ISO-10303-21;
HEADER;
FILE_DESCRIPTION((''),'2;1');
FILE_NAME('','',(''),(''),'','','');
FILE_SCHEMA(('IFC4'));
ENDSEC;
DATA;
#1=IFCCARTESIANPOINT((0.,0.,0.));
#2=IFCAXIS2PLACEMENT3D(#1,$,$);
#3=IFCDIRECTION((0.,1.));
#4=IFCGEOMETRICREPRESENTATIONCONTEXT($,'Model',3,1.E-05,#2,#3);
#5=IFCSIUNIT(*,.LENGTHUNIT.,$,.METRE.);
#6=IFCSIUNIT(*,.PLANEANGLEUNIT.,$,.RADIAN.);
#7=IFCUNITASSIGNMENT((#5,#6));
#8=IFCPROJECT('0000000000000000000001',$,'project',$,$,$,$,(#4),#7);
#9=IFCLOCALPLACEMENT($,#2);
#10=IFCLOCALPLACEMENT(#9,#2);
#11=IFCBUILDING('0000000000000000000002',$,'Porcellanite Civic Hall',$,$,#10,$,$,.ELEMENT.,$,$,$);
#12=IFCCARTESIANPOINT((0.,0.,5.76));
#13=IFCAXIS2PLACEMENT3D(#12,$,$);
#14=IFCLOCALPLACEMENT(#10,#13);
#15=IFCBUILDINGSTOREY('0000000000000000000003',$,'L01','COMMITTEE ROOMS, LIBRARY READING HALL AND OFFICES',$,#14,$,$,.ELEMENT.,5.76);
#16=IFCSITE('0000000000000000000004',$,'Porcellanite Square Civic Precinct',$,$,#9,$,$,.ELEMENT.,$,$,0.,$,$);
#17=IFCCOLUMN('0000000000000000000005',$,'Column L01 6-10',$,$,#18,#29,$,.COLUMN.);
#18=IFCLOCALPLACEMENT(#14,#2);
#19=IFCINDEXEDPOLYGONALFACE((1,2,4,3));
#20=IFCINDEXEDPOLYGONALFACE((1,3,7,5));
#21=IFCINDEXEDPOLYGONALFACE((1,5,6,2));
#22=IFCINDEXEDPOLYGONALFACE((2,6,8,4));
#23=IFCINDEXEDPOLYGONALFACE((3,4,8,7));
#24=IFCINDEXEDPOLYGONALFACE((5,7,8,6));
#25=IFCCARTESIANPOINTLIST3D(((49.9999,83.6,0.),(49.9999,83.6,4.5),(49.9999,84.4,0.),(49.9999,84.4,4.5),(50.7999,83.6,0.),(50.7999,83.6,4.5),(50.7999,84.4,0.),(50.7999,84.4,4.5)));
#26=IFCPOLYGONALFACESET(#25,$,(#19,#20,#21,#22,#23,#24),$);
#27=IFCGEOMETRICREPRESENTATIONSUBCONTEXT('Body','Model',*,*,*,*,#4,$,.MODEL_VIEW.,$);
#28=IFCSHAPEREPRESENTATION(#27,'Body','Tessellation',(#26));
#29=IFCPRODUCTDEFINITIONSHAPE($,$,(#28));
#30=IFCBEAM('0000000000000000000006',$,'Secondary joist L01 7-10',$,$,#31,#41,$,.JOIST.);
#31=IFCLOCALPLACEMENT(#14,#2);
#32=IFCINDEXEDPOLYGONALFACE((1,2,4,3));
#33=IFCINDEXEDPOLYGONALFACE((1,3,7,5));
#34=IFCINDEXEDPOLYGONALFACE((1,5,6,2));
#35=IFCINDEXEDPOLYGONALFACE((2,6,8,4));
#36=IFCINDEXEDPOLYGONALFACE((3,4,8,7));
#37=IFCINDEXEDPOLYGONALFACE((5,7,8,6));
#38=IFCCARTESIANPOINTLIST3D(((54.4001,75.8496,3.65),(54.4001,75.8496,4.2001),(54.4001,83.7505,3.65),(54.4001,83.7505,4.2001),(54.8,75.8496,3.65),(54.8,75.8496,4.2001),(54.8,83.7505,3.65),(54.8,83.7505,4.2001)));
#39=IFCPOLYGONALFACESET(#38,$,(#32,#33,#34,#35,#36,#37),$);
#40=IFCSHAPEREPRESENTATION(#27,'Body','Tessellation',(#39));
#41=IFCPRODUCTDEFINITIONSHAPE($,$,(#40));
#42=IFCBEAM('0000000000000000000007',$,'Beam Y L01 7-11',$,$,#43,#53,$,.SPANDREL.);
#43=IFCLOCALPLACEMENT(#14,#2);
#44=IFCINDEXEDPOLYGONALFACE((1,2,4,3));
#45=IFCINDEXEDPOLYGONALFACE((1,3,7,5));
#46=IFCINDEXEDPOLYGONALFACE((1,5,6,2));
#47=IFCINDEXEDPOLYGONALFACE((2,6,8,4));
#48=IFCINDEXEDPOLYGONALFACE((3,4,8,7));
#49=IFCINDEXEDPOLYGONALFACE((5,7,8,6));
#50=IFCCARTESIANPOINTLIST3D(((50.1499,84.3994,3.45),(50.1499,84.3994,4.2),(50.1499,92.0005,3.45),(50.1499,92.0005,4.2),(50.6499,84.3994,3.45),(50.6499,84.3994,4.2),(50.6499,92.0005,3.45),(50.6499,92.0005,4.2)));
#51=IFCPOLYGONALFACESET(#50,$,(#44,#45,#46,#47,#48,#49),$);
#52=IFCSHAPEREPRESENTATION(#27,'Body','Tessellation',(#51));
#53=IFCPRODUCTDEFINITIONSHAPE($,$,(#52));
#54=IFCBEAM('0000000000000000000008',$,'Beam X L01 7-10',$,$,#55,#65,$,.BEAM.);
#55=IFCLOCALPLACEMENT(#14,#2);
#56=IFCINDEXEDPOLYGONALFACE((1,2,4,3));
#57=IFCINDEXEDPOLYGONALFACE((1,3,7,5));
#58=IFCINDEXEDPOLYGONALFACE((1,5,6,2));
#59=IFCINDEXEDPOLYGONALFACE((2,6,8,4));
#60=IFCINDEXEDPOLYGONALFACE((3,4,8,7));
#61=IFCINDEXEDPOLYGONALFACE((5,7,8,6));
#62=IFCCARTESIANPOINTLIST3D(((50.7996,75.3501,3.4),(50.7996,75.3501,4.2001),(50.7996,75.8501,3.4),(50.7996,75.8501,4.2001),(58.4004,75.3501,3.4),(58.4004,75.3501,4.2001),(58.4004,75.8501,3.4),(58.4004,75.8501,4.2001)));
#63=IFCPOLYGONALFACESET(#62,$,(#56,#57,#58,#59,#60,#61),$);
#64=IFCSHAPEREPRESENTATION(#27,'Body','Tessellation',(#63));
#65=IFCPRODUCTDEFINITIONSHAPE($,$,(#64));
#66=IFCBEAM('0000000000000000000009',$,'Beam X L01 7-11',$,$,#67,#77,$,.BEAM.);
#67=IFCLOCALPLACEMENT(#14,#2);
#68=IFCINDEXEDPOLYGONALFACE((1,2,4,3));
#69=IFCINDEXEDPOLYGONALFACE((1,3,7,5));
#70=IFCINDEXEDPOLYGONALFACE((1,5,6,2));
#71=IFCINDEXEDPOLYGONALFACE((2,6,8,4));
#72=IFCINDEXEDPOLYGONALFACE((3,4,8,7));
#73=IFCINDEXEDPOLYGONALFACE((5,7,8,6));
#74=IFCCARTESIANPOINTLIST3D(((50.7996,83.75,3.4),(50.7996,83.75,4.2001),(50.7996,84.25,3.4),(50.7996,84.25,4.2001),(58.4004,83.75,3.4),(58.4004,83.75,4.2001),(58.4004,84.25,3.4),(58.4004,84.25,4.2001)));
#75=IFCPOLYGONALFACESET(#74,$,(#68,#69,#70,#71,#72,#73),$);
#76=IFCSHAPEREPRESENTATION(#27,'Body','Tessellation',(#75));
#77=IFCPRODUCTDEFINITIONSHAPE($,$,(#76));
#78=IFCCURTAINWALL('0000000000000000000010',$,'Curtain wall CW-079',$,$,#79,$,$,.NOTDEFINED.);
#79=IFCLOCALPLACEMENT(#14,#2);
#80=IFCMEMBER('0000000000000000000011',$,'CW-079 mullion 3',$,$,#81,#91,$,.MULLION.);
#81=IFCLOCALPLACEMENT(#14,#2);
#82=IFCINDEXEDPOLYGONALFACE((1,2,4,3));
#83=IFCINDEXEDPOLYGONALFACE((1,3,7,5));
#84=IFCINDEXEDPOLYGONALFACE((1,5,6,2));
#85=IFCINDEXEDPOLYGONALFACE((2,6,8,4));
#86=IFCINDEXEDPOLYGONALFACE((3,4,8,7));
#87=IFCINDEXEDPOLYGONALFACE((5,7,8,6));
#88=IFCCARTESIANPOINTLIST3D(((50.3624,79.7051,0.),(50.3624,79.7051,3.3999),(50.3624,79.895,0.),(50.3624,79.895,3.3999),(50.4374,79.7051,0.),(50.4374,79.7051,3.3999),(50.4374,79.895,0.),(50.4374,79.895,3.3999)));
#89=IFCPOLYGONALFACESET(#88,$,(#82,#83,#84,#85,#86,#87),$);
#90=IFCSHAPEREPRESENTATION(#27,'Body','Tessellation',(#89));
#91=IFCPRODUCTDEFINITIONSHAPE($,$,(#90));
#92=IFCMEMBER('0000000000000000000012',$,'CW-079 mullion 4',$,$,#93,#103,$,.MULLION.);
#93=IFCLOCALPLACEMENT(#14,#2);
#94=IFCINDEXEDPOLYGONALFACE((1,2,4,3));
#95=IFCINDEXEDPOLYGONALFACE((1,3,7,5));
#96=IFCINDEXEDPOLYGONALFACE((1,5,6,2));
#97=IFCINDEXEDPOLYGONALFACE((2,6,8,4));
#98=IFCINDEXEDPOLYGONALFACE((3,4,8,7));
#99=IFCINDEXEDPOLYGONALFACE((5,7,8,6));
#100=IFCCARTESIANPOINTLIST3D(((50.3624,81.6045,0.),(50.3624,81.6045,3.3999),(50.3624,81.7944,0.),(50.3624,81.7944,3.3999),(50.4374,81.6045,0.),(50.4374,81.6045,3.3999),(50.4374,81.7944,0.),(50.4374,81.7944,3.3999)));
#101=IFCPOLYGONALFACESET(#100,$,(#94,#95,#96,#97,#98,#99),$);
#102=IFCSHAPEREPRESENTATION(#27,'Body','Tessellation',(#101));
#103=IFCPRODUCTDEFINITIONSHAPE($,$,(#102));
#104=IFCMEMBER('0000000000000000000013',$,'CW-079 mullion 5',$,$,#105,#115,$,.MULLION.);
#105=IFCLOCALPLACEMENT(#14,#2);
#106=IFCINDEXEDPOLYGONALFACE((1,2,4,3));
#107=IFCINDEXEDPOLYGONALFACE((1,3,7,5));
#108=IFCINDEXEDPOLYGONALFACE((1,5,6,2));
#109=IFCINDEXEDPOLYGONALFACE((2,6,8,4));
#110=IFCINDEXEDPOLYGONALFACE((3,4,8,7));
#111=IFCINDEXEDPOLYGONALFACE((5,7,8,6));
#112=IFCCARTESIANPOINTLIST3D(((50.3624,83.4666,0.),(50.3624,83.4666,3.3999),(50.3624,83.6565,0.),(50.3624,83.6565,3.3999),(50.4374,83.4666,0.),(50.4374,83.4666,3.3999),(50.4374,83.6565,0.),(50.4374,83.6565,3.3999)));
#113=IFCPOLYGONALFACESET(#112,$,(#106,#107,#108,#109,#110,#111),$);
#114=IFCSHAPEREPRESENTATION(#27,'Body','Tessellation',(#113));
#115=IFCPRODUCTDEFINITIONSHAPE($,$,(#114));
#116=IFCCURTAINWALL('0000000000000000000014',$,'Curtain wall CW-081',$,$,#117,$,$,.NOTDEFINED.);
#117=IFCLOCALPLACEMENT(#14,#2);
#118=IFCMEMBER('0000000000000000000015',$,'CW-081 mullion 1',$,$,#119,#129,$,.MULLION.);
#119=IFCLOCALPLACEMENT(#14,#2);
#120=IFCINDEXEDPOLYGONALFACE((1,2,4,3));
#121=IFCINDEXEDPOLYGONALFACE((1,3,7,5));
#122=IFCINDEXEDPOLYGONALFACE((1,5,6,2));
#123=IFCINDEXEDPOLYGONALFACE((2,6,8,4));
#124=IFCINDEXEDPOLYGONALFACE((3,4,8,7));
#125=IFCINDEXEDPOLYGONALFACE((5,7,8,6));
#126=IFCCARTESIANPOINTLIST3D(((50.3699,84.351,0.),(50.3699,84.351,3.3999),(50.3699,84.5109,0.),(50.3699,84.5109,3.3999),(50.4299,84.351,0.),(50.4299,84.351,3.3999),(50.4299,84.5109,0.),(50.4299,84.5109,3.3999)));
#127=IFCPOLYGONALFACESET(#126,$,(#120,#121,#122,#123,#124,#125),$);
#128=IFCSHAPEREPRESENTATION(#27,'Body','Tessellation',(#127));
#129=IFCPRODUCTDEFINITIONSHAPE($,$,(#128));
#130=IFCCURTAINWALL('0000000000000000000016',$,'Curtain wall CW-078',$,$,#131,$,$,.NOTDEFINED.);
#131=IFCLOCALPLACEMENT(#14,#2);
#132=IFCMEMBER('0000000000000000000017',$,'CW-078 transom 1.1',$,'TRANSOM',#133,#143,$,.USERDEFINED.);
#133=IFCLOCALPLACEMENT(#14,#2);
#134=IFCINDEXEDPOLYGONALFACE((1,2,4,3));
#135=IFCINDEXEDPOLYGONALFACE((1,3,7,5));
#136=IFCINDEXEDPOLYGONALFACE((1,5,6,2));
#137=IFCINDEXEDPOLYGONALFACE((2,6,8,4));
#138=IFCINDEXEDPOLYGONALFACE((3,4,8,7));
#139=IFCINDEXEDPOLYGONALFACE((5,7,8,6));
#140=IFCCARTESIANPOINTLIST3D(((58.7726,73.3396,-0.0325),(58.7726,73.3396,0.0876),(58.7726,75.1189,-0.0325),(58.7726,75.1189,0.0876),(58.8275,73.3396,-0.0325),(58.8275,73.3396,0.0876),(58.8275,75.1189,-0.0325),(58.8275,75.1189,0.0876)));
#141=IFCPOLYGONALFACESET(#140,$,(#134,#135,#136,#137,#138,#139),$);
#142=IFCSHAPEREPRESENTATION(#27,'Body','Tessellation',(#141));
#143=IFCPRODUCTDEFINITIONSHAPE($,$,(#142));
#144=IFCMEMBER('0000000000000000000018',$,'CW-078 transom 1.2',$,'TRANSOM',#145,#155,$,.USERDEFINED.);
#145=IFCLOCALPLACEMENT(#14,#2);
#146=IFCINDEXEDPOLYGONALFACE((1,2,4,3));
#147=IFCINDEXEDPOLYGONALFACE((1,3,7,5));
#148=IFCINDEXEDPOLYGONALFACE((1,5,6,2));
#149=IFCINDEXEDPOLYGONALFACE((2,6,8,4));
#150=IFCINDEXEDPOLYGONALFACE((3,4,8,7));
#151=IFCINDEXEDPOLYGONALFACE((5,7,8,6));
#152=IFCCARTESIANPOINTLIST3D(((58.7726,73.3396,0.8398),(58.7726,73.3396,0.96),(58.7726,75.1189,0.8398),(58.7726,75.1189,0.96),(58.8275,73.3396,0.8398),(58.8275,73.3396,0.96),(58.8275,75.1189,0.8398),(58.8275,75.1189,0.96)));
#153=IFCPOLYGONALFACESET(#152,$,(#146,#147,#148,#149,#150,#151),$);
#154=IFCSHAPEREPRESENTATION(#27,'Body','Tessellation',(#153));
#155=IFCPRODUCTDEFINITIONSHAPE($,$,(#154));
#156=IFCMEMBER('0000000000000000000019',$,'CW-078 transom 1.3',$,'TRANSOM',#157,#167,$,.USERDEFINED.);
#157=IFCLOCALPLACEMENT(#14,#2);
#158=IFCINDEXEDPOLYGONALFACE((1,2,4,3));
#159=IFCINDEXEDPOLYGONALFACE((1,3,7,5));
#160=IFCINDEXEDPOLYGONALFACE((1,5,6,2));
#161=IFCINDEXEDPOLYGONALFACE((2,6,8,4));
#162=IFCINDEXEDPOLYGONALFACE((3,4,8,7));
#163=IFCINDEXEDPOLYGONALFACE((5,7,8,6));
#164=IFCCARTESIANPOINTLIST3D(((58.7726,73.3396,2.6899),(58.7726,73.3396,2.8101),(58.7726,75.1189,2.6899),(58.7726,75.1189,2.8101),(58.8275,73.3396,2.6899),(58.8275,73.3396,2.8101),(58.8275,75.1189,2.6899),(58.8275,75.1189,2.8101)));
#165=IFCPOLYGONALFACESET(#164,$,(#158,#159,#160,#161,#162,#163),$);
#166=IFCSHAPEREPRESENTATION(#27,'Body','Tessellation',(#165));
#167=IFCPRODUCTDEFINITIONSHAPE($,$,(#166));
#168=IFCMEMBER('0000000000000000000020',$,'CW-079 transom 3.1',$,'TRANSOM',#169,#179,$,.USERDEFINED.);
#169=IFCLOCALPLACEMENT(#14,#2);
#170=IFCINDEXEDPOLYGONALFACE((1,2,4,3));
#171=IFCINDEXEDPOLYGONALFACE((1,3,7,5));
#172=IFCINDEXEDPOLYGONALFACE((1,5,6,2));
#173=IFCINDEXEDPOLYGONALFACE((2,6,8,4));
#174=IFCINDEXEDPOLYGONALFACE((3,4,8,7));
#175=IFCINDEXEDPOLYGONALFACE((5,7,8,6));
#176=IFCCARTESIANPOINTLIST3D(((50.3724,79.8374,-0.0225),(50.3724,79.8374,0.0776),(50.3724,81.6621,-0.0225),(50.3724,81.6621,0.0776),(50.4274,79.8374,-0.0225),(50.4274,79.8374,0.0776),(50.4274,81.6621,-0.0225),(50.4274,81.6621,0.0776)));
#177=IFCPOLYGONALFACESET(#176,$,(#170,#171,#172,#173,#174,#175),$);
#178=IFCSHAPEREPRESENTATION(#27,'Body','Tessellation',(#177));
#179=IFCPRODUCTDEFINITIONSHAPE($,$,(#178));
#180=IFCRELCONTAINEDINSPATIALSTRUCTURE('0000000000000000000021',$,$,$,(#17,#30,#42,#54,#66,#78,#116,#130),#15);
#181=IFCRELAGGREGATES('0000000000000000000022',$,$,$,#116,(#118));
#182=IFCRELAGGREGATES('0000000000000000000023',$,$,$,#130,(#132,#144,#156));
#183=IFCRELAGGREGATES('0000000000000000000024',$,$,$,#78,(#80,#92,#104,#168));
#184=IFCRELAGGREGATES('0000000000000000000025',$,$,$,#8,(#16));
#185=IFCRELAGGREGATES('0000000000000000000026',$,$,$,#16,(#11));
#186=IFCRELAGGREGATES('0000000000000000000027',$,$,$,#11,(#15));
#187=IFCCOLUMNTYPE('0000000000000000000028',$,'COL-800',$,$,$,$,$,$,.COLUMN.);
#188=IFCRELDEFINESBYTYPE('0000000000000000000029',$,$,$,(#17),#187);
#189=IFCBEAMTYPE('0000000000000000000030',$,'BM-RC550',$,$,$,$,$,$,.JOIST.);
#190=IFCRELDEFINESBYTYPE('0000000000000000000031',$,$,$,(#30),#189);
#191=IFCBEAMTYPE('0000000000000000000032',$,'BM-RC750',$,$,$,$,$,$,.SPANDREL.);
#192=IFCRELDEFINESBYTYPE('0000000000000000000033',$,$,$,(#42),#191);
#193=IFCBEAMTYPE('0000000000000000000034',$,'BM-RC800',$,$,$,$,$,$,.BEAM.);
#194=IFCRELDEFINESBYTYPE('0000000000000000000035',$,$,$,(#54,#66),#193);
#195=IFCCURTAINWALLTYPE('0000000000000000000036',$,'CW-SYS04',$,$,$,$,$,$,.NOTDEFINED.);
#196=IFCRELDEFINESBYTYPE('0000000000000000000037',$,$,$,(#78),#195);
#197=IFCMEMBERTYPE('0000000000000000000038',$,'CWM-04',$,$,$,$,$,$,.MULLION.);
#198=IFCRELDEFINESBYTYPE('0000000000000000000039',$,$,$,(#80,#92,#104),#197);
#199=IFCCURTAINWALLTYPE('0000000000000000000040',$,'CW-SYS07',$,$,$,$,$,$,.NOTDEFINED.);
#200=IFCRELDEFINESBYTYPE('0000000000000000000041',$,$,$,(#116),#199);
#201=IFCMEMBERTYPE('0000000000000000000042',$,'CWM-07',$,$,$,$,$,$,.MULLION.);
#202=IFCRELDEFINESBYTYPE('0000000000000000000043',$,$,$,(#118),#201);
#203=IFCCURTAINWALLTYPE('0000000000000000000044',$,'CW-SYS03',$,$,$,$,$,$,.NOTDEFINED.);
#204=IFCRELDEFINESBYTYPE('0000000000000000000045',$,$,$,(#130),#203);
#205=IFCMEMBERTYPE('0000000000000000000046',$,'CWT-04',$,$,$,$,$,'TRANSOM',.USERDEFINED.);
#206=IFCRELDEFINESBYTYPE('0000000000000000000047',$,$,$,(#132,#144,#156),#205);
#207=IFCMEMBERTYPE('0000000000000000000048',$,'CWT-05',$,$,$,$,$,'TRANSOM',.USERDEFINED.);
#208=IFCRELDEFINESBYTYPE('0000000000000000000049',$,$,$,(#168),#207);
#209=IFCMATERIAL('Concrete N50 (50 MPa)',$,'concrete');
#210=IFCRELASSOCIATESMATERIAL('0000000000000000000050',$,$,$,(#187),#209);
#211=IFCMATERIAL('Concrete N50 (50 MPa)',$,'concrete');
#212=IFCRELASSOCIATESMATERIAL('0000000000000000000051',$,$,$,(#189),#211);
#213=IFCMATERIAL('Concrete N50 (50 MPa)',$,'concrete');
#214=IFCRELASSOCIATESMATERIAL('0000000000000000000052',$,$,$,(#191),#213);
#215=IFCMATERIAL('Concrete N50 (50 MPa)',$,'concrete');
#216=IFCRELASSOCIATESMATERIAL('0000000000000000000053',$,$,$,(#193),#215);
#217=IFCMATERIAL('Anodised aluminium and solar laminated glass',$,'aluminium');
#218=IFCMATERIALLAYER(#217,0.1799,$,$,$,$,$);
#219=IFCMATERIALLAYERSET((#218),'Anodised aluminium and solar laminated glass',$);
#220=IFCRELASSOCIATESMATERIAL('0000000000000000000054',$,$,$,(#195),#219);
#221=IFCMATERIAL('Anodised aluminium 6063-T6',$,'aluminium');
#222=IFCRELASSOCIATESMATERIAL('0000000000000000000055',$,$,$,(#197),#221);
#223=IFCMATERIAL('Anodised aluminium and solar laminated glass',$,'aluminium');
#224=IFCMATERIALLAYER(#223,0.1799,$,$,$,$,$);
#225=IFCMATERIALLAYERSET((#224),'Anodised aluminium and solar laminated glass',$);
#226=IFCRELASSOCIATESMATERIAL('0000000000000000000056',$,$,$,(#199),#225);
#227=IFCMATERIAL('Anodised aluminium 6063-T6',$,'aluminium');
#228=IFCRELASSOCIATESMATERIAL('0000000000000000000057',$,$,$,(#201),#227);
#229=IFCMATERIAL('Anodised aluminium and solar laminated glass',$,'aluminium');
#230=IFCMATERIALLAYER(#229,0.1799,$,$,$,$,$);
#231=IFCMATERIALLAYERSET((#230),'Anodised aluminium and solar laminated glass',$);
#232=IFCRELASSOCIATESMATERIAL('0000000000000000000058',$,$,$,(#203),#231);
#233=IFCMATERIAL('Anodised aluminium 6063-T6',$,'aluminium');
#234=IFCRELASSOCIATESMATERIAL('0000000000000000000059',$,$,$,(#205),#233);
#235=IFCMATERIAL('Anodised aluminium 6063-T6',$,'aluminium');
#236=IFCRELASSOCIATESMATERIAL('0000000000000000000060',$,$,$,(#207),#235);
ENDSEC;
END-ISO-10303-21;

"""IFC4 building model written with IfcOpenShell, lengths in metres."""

from ifc_helpers import new_model, si_unit, direction, frame, origin, origin_2d, place, context, subcontext, project, spatial, rectangle, extrude, material, layer, layer_set, material_profile, profile_set, type_object, element, aggregate, save


model = new_model("IFC4")

# Units and contexts
model_context = context("Model", 3, precision=1e-05, world=origin(), true_north=direction((0.0, 1.0)))
body_context = subcontext(model_context, "Body", "Model", "MODEL_VIEW")
ifc_project = project(units=[si_unit("LENGTHUNIT", "METRE"), si_unit("PLANEANGLEUNIT", "RADIAN")], contexts=[model_context])

# Site, building, storey
site_placement = place(None, origin())
site = spatial("IfcSite", under=ifc_project, at=site_placement, Name="Porcellanite Square Civic Precinct", CompositionType="ELEMENT", RefElevation=0.0)
building_placement = place(site_placement, origin())
building = spatial("IfcBuilding", under=site, at=building_placement, Name="Porcellanite Civic Hall", CompositionType="ELEMENT")
storey_placement = place(building_placement, frame((0.0, 0.0, 5.76)))
storey = spatial("IfcBuildingStorey", under=building, at=storey_placement, Name="L01", Description="COMMITTEE ROOMS, LIBRARY READING HALL AND OFFICES", CompositionType="ELEMENT", Elevation=5.76)

# Column
ifc_material_1 = material(Name="Concrete N50 (50 MPa)", Category="concrete")
ifc_material_profile_1 = material_profile(ifc_material_1, rectangle(XDim=0.8, YDim=0.8, at=origin_2d()), Name="RC-800x800")
ifc_profile_set_1 = profile_set([ifc_material_profile_1], Name="Concrete N50 (50 MPa)")
column_type = type_object("IfcColumnType", Name="COL-800", PredefinedType="COLUMN", material=ifc_profile_set_1)
column_placement = place(storey_placement, frame((50.3999, 84.0, 0.0), z_axis=(0.0, 0.0, 1.0), x_axis=(1.0, 0.0, 0.0)))
element("IfcColumn", 1, at=column_placement, inside=storey, type_object=column_type, Name="Column L01 6-10", PredefinedType="COLUMN", context=body_context, shape_type="SweptSolid", body=[
    extrude(rectangle(XDim=0.8, YDim=0.8, at=origin_2d()), origin(), (0.0, 0.0, 1.0), 4.5),
])

# Beams
ifc_material_2 = material(Name="Concrete N50 (50 MPa)", Category="concrete")
ifc_material_profile_2 = material_profile(ifc_material_2, rectangle(XDim=0.3999, YDim=0.55, at=origin_2d()), Name="RC-400x550")
ifc_profile_set_2 = profile_set([ifc_material_profile_2], Name="Concrete N50 (50 MPa)")
beam_type_1 = type_object("IfcBeamType", Name="BM-RC550", PredefinedType="JOIST", material=ifc_profile_set_2)
beam_1_placement = place(storey_placement, frame((54.6001, 75.8496, 3.925), z_axis=(0.0, 1.0, 0.0), x_axis=(-1.0, 0.0, 0.0)))
element("IfcBeam", 2, at=beam_1_placement, inside=storey, type_object=beam_type_1, Name="Secondary joist L01 7-10", PredefinedType="JOIST", context=body_context, shape_type="SweptSolid", body=[
    extrude(rectangle(XDim=0.3999, YDim=0.55, at=origin_2d()), origin(), (0.0, 0.0, 1.0), 7.9009),
])
ifc_material_3 = material(Name="Concrete N50 (50 MPa)", Category="concrete")
ifc_material_profile_3 = material_profile(ifc_material_3, rectangle(XDim=0.5, YDim=0.75, at=origin_2d()), Name="RC-500x750")
ifc_profile_set_3 = profile_set([ifc_material_profile_3], Name="Concrete N50 (50 MPa)")
beam_type_2 = type_object("IfcBeamType", Name="BM-RC750", PredefinedType="SPANDREL", material=ifc_profile_set_3)
beam_2_placement = place(storey_placement, frame((50.3999, 84.3994, 3.825), z_axis=(0.0, 1.0, 0.0), x_axis=(-1.0, 0.0, 0.0)))
element("IfcBeam", 3, at=beam_2_placement, inside=storey, type_object=beam_type_2, Name="Beam Y L01 7-11", PredefinedType="SPANDREL", context=body_context, shape_type="SweptSolid", body=[
    extrude(rectangle(XDim=0.5, YDim=0.75, at=origin_2d()), origin(), (0.0, 0.0, 1.0), 7.6011),
])
ifc_material_4 = material(Name="Concrete N50 (50 MPa)", Category="concrete")
ifc_material_profile_4 = material_profile(ifc_material_4, rectangle(XDim=0.5, YDim=0.8, at=origin_2d()), Name="RC-500x800")
ifc_profile_set_4 = profile_set([ifc_material_profile_4], Name="Concrete N50 (50 MPa)")
beam_type_3 = type_object("IfcBeamType", Name="BM-RC800", PredefinedType="BEAM", material=ifc_profile_set_4)
for number, where, z_axis, x_axis, name in (
    (4, (50.7996, 75.6001, 3.8), (1.0, 0.0, 0.0), (0.0, 1.0, 0.0), "Beam X L01 7-10"),
    (5, (50.7996, 84.0, 3.8), (1.0, 0.0, 0.0), (0.0, 1.0, 0.0), "Beam X L01 7-11"),
):
    element("IfcBeam", number, at=place(storey_placement, frame(where, z_axis=z_axis, x_axis=x_axis)), inside=storey, type_object=beam_type_3, Name=name, PredefinedType="BEAM", context=body_context, shape_type="SweptSolid", body=[
        extrude(rectangle(XDim=0.5, YDim=0.8, at=origin_2d()), origin(), (0.0, 0.0, 1.0), 7.6008),
    ])

# Curtain wall, members
ifc_material_5 = material(Name="Anodised aluminium and solar laminated glass", Category="aluminium")
ifc_layer_1 = layer(ifc_material_5, 0.1799)
ifc_layer_set_1 = layer_set([ifc_layer_1], Name="Anodised aluminium and solar laminated glass")
curtain_wall_type_1 = type_object("IfcCurtainWallType", Name="CW-SYS04", PredefinedType="NOTDEFINED", material=ifc_layer_set_1)
curtain_wall_1_placement = place(storey_placement, origin())
curtain_wall_1 = element("IfcCurtainWall", 6, at=curtain_wall_1_placement, inside=storey, type_object=curtain_wall_type_1, Name="Curtain wall CW-079", PredefinedType="NOTDEFINED")
ifc_material_6 = material(Name="Anodised aluminium 6063-T6", Category="aluminium")
ifc_material_profile_5 = material_profile(ifc_material_6, rectangle(XDim=0.075, YDim=0.1899, at=origin_2d()), Name="AL-75x190")
ifc_profile_set_5 = profile_set([ifc_material_profile_5], Name="Anodised aluminium 6063-T6")
member_type_1 = type_object("IfcMemberType", Name="CWM-04", PredefinedType="MULLION", material=ifc_profile_set_5)
member_1_placement = place(storey_placement, frame((50.3999, 79.8, 0.0), z_axis=(0.0, 0.0, 1.0), x_axis=(-1.0, 0.0, 0.0)))
member_1 = element("IfcMember", 7, at=member_1_placement, type_object=member_type_1, Name="CW-079 mullion 3", PredefinedType="MULLION", context=body_context, shape_type="SweptSolid", body=[
    extrude(rectangle(XDim=0.075, YDim=0.1899, at=origin_2d()), origin(), (0.0, 0.0, 1.0), 3.3999),
])
member_2_placement = place(storey_placement, frame((50.3999, 81.6995, 0.0), z_axis=(0.0, 0.0, 1.0), x_axis=(-1.0, 0.0, 0.0)))
member_2 = element("IfcMember", 8, at=member_2_placement, type_object=member_type_1, Name="CW-079 mullion 4", PredefinedType="MULLION", context=body_context, shape_type="SweptSolid", body=[
    extrude(rectangle(XDim=0.075, YDim=0.1899, at=origin_2d()), origin(), (0.0, 0.0, 1.0), 3.3999),
])
member_3_placement = place(storey_placement, frame((50.3999, 83.5615, 0.0), z_axis=(0.0, 0.0, 1.0), x_axis=(-1.0, 0.0, 0.0)))
member_3 = element("IfcMember", 9, at=member_3_placement, type_object=member_type_1, Name="CW-079 mullion 5", PredefinedType="MULLION", context=body_context, shape_type="SweptSolid", body=[
    extrude(rectangle(XDim=0.075, YDim=0.1899, at=origin_2d()), origin(), (0.0, 0.0, 1.0), 3.3999),
])

# Curtain wall, member
ifc_material_7 = material(Name="Anodised aluminium and solar laminated glass", Category="aluminium")
ifc_layer_2 = layer(ifc_material_7, 0.1799)
ifc_layer_set_2 = layer_set([ifc_layer_2], Name="Anodised aluminium and solar laminated glass")
curtain_wall_type_2 = type_object("IfcCurtainWallType", Name="CW-SYS07", PredefinedType="NOTDEFINED", material=ifc_layer_set_2)
curtain_wall_2_placement = place(storey_placement, origin())
curtain_wall_2 = element("IfcCurtainWall", 10, at=curtain_wall_2_placement, inside=storey, type_object=curtain_wall_type_2, Name="Curtain wall CW-081", PredefinedType="NOTDEFINED")
ifc_material_8 = material(Name="Anodised aluminium 6063-T6", Category="aluminium")
ifc_material_profile_6 = material_profile(ifc_material_8, rectangle(XDim=0.0601, YDim=0.1599, at=origin_2d()), Name="AL-60x160")
ifc_profile_set_6 = profile_set([ifc_material_profile_6], Name="Anodised aluminium 6063-T6")
member_type_2 = type_object("IfcMemberType", Name="CWM-07", PredefinedType="MULLION", material=ifc_profile_set_6)
member_4_placement = place(storey_placement, frame((50.3999, 84.4309, 0.0), z_axis=(0.0, 0.0, 1.0), x_axis=(-1.0, 0.0, 0.0)))
member_4 = element("IfcMember", 11, at=member_4_placement, type_object=member_type_2, Name="CW-081 mullion 1", PredefinedType="MULLION", context=body_context, shape_type="SweptSolid", body=[
    extrude(rectangle(XDim=0.0601, YDim=0.1599, at=origin_2d()), origin(), (0.0, 0.0, 1.0), 3.3999),
])

# Curtain wall, members
ifc_material_9 = material(Name="Anodised aluminium and solar laminated glass", Category="aluminium")
ifc_layer_3 = layer(ifc_material_9, 0.1799)
ifc_layer_set_3 = layer_set([ifc_layer_3], Name="Anodised aluminium and solar laminated glass")
curtain_wall_type_3 = type_object("IfcCurtainWallType", Name="CW-SYS03", PredefinedType="NOTDEFINED", material=ifc_layer_set_3)
curtain_wall_3_placement = place(storey_placement, origin())
curtain_wall_3 = element("IfcCurtainWall", 12, at=curtain_wall_3_placement, inside=storey, type_object=curtain_wall_type_3, Name="Curtain wall CW-078", PredefinedType="NOTDEFINED")
ifc_material_10 = material(Name="Anodised aluminium 6063-T6", Category="aluminium")
ifc_material_profile_7 = material_profile(ifc_material_10, rectangle(XDim=0.0549, YDim=0.1201, at=origin_2d()), Name="AL-55x120")
ifc_profile_set_7 = profile_set([ifc_material_profile_7], Name="Anodised aluminium 6063-T6")
member_type_3 = type_object("IfcMemberType", Name="CWT-04", ElementType="TRANSOM", PredefinedType="USERDEFINED", material=ifc_profile_set_7)
member_5_placement = place(storey_placement, frame((58.8, 75.1189, 0.0276), z_axis=(0.0, -1.0, 0.0), x_axis=(1.0, 0.0, 0.0)))
member_5 = element("IfcMember", 13, at=member_5_placement, type_object=member_type_3, Name="CW-078 transom 1.1", ObjectType="TRANSOM", PredefinedType="USERDEFINED", context=body_context, shape_type="SweptSolid", body=[
    extrude(rectangle(XDim=0.0549, YDim=0.1201, at=origin_2d()), origin(), (0.0, 0.0, 1.0), 1.7793),
])
member_6_placement = place(storey_placement, frame((58.8, 75.1189, 0.8999), z_axis=(0.0, -1.0, 0.0), x_axis=(1.0, 0.0, 0.0)))
member_6 = element("IfcMember", 14, at=member_6_placement, type_object=member_type_3, Name="CW-078 transom 1.2", ObjectType="TRANSOM", PredefinedType="USERDEFINED", context=body_context, shape_type="SweptSolid", body=[
    extrude(rectangle(XDim=0.0549, YDim=0.1201, at=origin_2d()), origin(), (0.0, 0.0, 1.0), 1.7793),
])
member_7_placement = place(storey_placement, frame((58.8, 75.1189, 2.75), z_axis=(0.0, -1.0, 0.0), x_axis=(1.0, 0.0, 0.0)))
member_7 = element("IfcMember", 15, at=member_7_placement, type_object=member_type_3, Name="CW-078 transom 1.3", ObjectType="TRANSOM", PredefinedType="USERDEFINED", context=body_context, shape_type="SweptSolid", body=[
    extrude(rectangle(XDim=0.0549, YDim=0.1201, at=origin_2d()), origin(), (0.0, 0.0, 1.0), 1.7793),
])

# Member
ifc_material_11 = material(Name="Anodised aluminium 6063-T6", Category="aluminium")
ifc_material_profile_8 = material_profile(ifc_material_11, rectangle(XDim=0.0549, YDim=0.1001, at=origin_2d()), Name="AL-55x100")
ifc_profile_set_8 = profile_set([ifc_material_profile_8], Name="Anodised aluminium 6063-T6")
member_type_4 = type_object("IfcMemberType", Name="CWT-05", ElementType="TRANSOM", PredefinedType="USERDEFINED", material=ifc_profile_set_8)
member_8_placement = place(storey_placement, frame((50.3999, 79.8374, 0.0276), z_axis=(0.0, 1.0, 0.0), x_axis=(-1.0, 0.0, 0.0)))
member_8 = element("IfcMember", 16, at=member_8_placement, type_object=member_type_4, Name="CW-079 transom 3.1", ObjectType="TRANSOM", PredefinedType="USERDEFINED", context=body_context, shape_type="SweptSolid", body=[
    extrude(rectangle(XDim=0.0549, YDim=0.1001, at=origin_2d()), origin(), (0.0, 0.0, 1.0), 1.8247),
])
aggregate(curtain_wall_2, [member_4])

aggregate(curtain_wall_3, [member_5, member_6, member_7])
aggregate(curtain_wall_1, [member_1, member_2, member_3, member_8])

save(model, "model.ifc")
